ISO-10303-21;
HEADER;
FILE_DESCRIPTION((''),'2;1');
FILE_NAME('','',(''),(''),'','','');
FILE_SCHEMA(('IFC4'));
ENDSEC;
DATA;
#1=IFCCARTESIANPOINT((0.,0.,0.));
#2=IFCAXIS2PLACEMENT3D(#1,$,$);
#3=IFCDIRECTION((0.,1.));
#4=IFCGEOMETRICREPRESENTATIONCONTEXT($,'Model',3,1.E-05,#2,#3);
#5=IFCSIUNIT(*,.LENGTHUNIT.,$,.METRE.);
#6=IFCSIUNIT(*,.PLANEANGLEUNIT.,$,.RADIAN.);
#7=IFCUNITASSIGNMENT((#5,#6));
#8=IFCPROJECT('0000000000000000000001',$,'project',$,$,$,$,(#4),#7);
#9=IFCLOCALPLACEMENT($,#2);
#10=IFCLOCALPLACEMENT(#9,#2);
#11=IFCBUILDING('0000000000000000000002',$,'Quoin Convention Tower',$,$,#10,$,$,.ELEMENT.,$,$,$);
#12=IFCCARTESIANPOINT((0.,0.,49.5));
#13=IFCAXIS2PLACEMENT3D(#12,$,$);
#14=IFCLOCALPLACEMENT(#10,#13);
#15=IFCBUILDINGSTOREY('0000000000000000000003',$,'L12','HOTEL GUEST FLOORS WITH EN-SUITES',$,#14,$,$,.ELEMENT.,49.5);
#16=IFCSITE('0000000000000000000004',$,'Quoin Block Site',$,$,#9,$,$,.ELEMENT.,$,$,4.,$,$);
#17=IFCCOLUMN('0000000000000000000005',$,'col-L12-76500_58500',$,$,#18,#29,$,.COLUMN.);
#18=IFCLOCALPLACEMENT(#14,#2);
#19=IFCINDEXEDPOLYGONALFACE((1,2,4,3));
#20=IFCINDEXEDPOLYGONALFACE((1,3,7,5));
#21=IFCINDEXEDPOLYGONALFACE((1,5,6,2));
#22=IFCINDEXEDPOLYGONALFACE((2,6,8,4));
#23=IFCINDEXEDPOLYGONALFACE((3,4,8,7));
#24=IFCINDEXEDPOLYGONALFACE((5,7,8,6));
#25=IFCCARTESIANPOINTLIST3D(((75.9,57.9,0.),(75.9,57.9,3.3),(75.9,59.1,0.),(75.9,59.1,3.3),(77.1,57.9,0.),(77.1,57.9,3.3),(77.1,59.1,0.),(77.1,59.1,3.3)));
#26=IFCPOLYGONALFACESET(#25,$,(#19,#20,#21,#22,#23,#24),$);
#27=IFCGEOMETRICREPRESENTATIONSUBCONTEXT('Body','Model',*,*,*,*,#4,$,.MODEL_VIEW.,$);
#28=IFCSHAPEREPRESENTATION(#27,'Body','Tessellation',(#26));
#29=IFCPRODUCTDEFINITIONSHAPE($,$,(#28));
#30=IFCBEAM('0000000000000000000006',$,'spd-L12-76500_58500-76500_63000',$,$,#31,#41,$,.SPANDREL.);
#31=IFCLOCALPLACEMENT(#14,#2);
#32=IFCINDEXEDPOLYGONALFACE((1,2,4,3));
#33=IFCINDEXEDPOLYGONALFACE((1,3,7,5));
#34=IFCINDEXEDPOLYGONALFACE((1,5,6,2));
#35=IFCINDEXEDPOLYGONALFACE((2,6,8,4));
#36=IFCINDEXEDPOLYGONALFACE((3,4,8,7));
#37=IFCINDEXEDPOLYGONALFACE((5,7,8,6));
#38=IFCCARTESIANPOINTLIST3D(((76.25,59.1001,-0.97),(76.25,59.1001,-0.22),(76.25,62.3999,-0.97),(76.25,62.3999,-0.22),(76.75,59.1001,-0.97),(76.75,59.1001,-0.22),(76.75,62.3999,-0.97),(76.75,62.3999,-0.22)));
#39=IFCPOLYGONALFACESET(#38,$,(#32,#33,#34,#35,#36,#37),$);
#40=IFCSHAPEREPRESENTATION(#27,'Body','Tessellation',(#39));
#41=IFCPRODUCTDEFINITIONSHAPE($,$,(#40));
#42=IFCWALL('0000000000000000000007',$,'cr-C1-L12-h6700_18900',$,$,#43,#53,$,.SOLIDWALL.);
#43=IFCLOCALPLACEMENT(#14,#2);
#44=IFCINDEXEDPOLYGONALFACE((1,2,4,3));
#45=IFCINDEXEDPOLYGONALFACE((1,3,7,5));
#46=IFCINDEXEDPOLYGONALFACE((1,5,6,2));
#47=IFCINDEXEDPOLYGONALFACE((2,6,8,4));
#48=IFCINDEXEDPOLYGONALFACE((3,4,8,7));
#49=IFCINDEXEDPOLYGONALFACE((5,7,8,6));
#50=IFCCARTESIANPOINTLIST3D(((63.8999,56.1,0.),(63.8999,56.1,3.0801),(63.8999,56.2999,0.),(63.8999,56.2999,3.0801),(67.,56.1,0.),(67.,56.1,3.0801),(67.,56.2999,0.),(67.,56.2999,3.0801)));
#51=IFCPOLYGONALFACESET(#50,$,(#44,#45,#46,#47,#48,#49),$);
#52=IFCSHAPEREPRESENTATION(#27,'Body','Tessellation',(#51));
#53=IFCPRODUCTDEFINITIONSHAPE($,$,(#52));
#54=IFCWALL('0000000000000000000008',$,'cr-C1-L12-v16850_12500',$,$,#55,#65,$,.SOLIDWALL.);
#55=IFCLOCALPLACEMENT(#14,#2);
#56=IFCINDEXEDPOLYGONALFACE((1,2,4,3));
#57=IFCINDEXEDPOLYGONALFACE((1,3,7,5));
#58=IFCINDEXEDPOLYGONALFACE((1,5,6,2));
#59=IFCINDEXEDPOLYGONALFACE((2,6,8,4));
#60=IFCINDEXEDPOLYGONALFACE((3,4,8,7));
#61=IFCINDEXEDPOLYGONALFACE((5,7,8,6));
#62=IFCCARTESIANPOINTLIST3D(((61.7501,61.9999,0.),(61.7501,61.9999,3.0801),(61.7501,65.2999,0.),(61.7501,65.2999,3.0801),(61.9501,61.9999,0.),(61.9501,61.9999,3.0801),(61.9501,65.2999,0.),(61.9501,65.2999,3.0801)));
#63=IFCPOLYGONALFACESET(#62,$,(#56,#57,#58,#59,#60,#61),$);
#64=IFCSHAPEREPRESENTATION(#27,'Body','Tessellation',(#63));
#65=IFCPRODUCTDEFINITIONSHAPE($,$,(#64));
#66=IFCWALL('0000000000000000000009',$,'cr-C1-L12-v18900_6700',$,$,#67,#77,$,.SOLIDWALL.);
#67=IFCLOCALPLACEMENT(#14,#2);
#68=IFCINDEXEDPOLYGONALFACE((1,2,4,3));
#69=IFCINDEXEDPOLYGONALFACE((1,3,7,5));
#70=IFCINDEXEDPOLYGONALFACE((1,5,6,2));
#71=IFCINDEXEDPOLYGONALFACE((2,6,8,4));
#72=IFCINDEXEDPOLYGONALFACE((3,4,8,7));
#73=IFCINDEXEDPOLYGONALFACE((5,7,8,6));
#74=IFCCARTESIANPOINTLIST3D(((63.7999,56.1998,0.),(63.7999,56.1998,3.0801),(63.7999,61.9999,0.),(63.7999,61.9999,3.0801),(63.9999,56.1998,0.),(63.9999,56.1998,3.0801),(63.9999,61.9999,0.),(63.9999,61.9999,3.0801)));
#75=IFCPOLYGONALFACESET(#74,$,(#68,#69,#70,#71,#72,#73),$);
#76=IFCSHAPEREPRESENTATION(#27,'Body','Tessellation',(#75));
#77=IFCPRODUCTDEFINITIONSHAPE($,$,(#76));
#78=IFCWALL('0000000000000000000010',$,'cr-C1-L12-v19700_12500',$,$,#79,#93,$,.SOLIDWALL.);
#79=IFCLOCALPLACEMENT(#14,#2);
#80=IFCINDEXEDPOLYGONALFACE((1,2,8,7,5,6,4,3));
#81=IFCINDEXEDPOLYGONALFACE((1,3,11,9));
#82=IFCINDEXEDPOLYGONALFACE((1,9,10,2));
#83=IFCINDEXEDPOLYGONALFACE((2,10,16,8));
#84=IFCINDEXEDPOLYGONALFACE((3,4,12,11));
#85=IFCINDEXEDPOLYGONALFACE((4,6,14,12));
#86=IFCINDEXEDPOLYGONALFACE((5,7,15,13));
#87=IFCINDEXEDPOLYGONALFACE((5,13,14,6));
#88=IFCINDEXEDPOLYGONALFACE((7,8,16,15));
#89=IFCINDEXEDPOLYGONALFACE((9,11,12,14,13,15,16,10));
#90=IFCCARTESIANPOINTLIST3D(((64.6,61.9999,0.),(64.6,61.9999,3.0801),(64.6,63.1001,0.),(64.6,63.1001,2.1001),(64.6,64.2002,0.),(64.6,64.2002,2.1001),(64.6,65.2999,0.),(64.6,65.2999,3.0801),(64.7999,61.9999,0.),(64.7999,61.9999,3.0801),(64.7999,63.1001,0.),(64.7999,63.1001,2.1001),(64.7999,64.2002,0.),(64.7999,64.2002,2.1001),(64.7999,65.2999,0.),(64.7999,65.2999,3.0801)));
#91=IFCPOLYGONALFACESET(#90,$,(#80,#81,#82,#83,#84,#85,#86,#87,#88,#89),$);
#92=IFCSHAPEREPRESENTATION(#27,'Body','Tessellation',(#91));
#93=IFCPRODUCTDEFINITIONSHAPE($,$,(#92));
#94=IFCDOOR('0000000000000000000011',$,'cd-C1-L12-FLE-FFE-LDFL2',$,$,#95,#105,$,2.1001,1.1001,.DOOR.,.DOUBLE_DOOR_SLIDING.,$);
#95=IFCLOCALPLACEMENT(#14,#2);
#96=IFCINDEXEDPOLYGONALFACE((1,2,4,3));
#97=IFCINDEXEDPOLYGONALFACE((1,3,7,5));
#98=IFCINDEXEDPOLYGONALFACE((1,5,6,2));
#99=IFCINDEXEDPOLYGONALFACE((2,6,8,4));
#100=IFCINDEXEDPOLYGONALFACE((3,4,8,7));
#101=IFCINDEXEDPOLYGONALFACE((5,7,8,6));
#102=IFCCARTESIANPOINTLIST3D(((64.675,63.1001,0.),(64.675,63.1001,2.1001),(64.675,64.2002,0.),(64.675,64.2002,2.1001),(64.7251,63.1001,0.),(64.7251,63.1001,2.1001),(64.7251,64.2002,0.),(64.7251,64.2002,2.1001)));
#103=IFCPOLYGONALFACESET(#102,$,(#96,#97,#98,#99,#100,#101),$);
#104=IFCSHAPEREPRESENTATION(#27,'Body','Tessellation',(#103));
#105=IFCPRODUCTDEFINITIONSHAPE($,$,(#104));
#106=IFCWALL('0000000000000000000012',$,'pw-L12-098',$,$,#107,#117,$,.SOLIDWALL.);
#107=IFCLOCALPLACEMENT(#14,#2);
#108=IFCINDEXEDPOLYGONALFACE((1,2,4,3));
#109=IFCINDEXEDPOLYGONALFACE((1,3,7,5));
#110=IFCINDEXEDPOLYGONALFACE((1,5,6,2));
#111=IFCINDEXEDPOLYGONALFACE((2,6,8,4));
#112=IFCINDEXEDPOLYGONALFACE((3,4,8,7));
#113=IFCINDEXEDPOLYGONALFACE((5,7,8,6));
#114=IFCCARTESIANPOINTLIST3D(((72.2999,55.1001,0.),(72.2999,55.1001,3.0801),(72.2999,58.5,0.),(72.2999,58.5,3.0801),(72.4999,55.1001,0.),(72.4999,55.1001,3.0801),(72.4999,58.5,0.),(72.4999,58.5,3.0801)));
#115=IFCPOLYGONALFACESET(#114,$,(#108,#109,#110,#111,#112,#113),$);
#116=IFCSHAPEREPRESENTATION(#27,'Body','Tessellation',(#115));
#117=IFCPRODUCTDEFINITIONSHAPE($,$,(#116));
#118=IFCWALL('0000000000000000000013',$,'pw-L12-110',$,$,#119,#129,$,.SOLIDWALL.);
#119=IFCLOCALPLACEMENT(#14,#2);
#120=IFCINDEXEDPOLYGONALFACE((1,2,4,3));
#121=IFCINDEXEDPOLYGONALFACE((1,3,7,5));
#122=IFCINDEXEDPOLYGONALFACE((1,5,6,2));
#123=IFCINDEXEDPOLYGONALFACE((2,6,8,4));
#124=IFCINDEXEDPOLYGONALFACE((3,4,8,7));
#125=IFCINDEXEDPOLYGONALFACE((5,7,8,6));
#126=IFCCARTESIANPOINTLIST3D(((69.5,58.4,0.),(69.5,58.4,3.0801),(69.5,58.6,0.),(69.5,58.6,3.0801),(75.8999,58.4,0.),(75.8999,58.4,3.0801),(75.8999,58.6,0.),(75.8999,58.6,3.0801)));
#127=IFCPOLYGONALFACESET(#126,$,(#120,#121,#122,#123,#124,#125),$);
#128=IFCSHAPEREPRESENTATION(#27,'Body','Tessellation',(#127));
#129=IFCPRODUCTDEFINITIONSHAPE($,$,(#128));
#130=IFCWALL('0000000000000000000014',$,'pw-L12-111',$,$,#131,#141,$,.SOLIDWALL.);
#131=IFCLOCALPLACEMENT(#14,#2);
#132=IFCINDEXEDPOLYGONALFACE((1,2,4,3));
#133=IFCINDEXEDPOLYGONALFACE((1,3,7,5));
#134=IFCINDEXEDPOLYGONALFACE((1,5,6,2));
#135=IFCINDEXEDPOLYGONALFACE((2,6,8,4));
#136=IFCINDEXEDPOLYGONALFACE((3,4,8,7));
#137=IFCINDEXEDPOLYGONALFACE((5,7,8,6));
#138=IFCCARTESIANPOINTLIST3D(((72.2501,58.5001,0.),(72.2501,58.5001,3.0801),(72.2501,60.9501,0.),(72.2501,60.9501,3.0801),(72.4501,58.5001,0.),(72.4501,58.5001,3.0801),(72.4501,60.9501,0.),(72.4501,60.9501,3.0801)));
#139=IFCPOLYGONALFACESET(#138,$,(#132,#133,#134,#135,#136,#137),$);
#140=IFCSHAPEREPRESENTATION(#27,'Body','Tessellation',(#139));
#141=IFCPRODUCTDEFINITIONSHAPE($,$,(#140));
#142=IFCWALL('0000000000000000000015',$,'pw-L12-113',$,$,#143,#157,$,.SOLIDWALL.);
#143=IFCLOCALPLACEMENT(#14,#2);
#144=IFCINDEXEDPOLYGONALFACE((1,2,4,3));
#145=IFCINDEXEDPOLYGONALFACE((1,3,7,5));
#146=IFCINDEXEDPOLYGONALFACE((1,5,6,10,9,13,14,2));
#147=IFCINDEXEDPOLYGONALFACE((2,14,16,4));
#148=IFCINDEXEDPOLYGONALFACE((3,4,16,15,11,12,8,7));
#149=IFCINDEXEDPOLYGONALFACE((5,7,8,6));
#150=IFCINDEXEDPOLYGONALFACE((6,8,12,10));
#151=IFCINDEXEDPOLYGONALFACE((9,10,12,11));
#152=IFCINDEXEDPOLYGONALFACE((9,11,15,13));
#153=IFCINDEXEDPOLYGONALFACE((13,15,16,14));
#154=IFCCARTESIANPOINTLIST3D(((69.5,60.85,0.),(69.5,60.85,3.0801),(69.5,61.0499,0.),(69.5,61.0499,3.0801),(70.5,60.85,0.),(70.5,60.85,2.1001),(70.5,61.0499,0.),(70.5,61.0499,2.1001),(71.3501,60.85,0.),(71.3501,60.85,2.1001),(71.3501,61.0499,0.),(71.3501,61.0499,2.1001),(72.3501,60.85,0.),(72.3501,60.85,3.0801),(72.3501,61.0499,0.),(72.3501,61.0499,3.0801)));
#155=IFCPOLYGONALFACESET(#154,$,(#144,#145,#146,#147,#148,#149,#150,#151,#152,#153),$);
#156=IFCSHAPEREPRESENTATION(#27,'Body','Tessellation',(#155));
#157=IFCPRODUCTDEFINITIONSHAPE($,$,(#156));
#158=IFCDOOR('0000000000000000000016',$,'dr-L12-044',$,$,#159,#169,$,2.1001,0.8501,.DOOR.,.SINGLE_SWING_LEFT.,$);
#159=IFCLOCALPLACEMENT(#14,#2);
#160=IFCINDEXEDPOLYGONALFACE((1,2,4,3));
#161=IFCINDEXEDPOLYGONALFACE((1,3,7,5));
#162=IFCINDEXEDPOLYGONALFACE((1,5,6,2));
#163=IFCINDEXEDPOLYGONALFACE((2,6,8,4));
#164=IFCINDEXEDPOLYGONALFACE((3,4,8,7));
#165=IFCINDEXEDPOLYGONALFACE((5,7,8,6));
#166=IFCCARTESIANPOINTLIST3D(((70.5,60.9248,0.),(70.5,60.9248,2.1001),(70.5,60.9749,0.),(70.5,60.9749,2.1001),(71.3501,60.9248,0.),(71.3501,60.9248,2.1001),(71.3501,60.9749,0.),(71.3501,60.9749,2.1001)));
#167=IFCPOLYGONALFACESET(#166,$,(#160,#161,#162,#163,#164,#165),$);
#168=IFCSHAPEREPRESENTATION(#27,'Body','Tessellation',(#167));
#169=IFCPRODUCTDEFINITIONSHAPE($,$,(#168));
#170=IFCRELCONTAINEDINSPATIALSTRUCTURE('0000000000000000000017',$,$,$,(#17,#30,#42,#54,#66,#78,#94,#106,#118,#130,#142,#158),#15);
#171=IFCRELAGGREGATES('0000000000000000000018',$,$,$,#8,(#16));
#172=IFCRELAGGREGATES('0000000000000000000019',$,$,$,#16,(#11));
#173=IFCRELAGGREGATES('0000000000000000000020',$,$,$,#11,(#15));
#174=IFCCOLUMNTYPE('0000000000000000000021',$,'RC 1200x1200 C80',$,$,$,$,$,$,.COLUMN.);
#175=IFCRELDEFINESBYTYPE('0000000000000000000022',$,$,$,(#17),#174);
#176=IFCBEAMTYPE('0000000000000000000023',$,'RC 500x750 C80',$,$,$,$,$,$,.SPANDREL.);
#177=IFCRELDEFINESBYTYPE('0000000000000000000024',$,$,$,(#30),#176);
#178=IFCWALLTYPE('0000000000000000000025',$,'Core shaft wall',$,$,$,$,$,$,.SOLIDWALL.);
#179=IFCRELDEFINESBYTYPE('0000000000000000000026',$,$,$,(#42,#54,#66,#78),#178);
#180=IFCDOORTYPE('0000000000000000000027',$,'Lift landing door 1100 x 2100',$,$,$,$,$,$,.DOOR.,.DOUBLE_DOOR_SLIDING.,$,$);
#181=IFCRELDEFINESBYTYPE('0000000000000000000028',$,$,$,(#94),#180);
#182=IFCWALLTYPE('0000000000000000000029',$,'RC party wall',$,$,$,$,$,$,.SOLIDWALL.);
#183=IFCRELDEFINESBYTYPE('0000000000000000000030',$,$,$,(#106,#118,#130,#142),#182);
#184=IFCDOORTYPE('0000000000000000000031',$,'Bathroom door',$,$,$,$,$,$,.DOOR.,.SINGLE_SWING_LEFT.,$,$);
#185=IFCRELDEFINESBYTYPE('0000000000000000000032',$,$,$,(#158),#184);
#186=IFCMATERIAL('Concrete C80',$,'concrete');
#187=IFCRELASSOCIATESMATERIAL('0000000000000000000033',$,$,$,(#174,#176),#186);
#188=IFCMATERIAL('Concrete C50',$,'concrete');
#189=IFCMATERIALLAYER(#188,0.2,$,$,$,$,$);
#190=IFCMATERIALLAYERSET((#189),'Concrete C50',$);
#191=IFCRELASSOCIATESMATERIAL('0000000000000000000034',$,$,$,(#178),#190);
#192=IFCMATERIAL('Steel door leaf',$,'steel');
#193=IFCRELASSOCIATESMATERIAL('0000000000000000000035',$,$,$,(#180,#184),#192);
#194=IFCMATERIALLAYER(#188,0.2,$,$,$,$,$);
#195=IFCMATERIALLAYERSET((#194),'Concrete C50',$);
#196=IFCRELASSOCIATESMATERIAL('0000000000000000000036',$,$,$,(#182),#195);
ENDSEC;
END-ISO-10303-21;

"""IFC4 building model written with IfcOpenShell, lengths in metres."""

from ifc_helpers import new_model, si_unit, direction, frame, frame_2d, origin, origin_2d, place, context, subcontext, project, spatial, rectangle, extrude, material, layer, layer_set, material_profile, profile_set, type_object, element, fill, save


model = new_model("IFC4")

# Units and contexts
model_context = context("Model", 3, precision=1e-05, world=origin(), true_north=direction((0.0, 1.0)))
body_context = subcontext(model_context, "Body", "Model", "MODEL_VIEW")
ifc_project = project(units=[si_unit("LENGTHUNIT", "METRE"), si_unit("PLANEANGLEUNIT", "RADIAN")], contexts=[model_context])

# Site, building, storey
site_placement = place(None, origin())
site = spatial("IfcSite", under=ifc_project, at=site_placement, Name="Quoin Block Site", CompositionType="ELEMENT", RefElevation=4.0)
building_placement = place(site_placement, origin())
building = spatial("IfcBuilding", under=site, at=building_placement, Name="Quoin Convention Tower", CompositionType="ELEMENT")
storey_placement = place(building_placement, frame((0.0, 0.0, 49.5)))
storey = spatial("IfcBuildingStorey", under=building, at=storey_placement, Name="L12", Description="HOTEL GUEST FLOORS WITH EN-SUITES", CompositionType="ELEMENT", Elevation=49.5)

# Column
ifc_material_1 = material(Name="Concrete C80", Category="concrete")
ifc_material_profile_1 = material_profile(ifc_material_1, rectangle(XDim=1.2, YDim=1.2, at=origin_2d()), Name="RC 1200x1200")
ifc_profile_set_1 = profile_set([ifc_material_profile_1], Name="Concrete C80")
column_type = type_object("IfcColumnType", Name="RC 1200x1200 C80", PredefinedType="COLUMN", material=ifc_profile_set_1)
column_placement = place(storey_placement, frame((76.5, 58.5, 0.0), z_axis=(0.0, 0.0, 1.0), x_axis=(1.0, 0.0, 0.0)))
element("IfcColumn", 1, at=column_placement, inside=storey, type_object=column_type, Name="col-L12-76500_58500", PredefinedType="COLUMN", context=body_context, shape_type="SweptSolid", body=[
    extrude(rectangle(XDim=1.2, YDim=1.2, at=origin_2d()), origin(), (0.0, 0.0, 1.0), 3.3),
])

# Beam
ifc_material_profile_2 = material_profile(ifc_material_1, rectangle(XDim=0.5, YDim=0.75, at=origin_2d()), Name="RC 500x750")
ifc_profile_set_2 = profile_set([ifc_material_profile_2], Name="Concrete C80")
beam_type = type_object("IfcBeamType", Name="RC 500x750 C80", PredefinedType="SPANDREL", material=ifc_profile_set_2)
beam_placement = place(storey_placement, frame((76.5, 59.1001, -0.595), z_axis=(0.0, 1.0, 0.0), x_axis=(-1.0, 0.0, 0.0)))
element("IfcBeam", 2, at=beam_placement, inside=storey, type_object=beam_type, Name="spd-L12-76500_58500-76500_63000", PredefinedType="SPANDREL", context=body_context, shape_type="SweptSolid", body=[
    extrude(rectangle(XDim=0.5, YDim=0.75, at=origin_2d()), origin(), (0.0, 0.0, 1.0), 3.2998),
])

# Walls
ifc_material_2 = material(Name="Concrete C50", Category="concrete")
ifc_layer_1 = layer(ifc_material_2, 0.2)
ifc_layer_set_1 = layer_set([ifc_layer_1], Name="Concrete C50")
wall_type_1 = type_object("IfcWallType", Name="Core shaft wall", PredefinedType="SOLIDWALL", material=ifc_layer_set_1)
wall_1_placement = place(storey_placement, frame((63.8999, 56.2, 0.0), z_axis=(0.0, 0.0, 1.0), x_axis=(1.0, 0.0, 0.0)))
element("IfcWall", 3, at=wall_1_placement, inside=storey, type_object=wall_type_1, Name="cr-C1-L12-h6700_18900", PredefinedType="SOLIDWALL", context=body_context, shape_type="SweptSolid", body=[
    extrude(rectangle(XDim=3.1001, YDim=0.2, at=frame_2d((1.55, 0.0))), origin(), (0.0, 0.0, 1.0), 3.0801),
])
wall_2_placement = place(storey_placement, frame((61.8501, 62.0, 0.0), z_axis=(0.0, 0.0, 1.0), x_axis=(0.0, 1.0, 0.0)))
element("IfcWall", 4, at=wall_2_placement, inside=storey, type_object=wall_type_1, Name="cr-C1-L12-v16850_12500", PredefinedType="SOLIDWALL", context=body_context, shape_type="SweptSolid", body=[
    extrude(rectangle(XDim=3.3, YDim=0.2, at=frame_2d((1.6499, 0.0))), origin(), (0.0, 0.0, 1.0), 3.0801),
])
wall_3_placement = place(storey_placement, frame((63.8999, 56.2, 0.0), z_axis=(0.0, 0.0, 1.0), x_axis=(0.0, 1.0, 0.0)))
element("IfcWall", 5, at=wall_3_placement, inside=storey, type_object=wall_type_1, Name="cr-C1-L12-v18900_6700", PredefinedType="SOLIDWALL", context=body_context, shape_type="SweptSolid", body=[
    extrude(rectangle(XDim=5.8, YDim=0.2, at=frame_2d((2.8999, 0.0))), origin(), (0.0, 0.0, 1.0), 3.0801),
])

# Wall, opening, door
wall_4_placement = place(storey_placement, frame((64.7, 62.0, 0.0), z_axis=(0.0, 0.0, 1.0), x_axis=(0.0, 1.0, 0.0)))
wall_4 = element("IfcWall", 6, at=wall_4_placement, inside=storey, type_object=wall_type_1, Name="cr-C1-L12-v19700_12500", PredefinedType="SOLIDWALL", context=body_context, shape_type="SweptSolid", body=[
    extrude(rectangle(XDim=3.3, YDim=0.2, at=frame_2d((1.6499, 0.0))), origin(), (0.0, 0.0, 1.0), 3.0801),
])
opening_1_placement = place(wall_4_placement, frame((1.1001, 0.0, 0.0)))
opening_1 = element("IfcOpeningElement", 7, at=opening_1_placement, cuts=wall_4, PredefinedType="OPENING", context=body_context, shape_type="SweptSolid", body=[
    extrude(rectangle(XDim=1.1001, YDim=2.1001, at=frame_2d((0.55, 1.05))), frame((0.0, 0.1099, 0.0), z_axis=(0.0, -1.0, 0.0), x_axis=(1.0, 0.0, 0.0)), (0.0, 0.0, 1.0), 0.22),
])
ifc_material_3 = material(Name="Steel door leaf", Category="steel")
door_type_1 = type_object("IfcDoorType", Name="Lift landing door 1100 x 2100", OperationType="DOUBLE_DOOR_SLIDING", PredefinedType="DOOR", material=ifc_material_3)
door_1_placement = place(opening_1_placement, origin())
door_1 = element("IfcDoor", 8, at=door_1_placement, inside=storey, type_object=door_type_1, Name="cd-C1-L12-FLE-FFE-LDFL2", OperationType="DOUBLE_DOOR_SLIDING", OverallHeight=2.1001, OverallWidth=1.1001, PredefinedType="DOOR", context=body_context, shape_type="SweptSolid", body=[
    extrude(rectangle(XDim=1.1001, YDim=2.1001, at=frame_2d((0.55, 1.05))), frame((0.0, 0.0249, 0.0), z_axis=(0.0, -1.0, 0.0), x_axis=(1.0, 0.0, 0.0)), (0.0, 0.0, 1.0), 0.05),
])
fill(opening_1, door_1)

# Walls
ifc_layer_2 = layer(ifc_material_2, 0.2)
ifc_layer_set_2 = layer_set([ifc_layer_2], Name="Concrete C50")
wall_type_2 = type_object("IfcWallType", Name="RC party wall", PredefinedType="SOLIDWALL", material=ifc_layer_set_2)
wall_5_placement = place(storey_placement, frame((72.3999, 55.1001, 0.0), z_axis=(0.0, 0.0, 1.0), x_axis=(0.0, 1.0, 0.0)))
element("IfcWall", 9, at=wall_5_placement, inside=storey, type_object=wall_type_2, Name="pw-L12-098", PredefinedType="SOLIDWALL", context=body_context, shape_type="SweptSolid", body=[
    extrude(rectangle(XDim=3.3999, YDim=0.2, at=frame_2d((1.7, 0.0))), origin(), (0.0, 0.0, 1.0), 3.0801),
])
wall_6_placement = place(storey_placement, frame((69.5, 58.5, 0.0), z_axis=(0.0, 0.0, 1.0), x_axis=(1.0, 0.0, 0.0)))
element("IfcWall", 10, at=wall_6_placement, inside=storey, type_object=wall_type_2, Name="pw-L12-110", PredefinedType="SOLIDWALL", context=body_context, shape_type="SweptSolid", body=[
    extrude(rectangle(XDim=6.3999, YDim=0.2, at=frame_2d((3.2, 0.0))), origin(), (0.0, 0.0, 1.0), 3.0801),
])
wall_7_placement = place(storey_placement, frame((72.3501, 58.5, 0.0), z_axis=(0.0, 0.0, 1.0), x_axis=(0.0, 1.0, 0.0)))
element("IfcWall", 11, at=wall_7_placement, inside=storey, type_object=wall_type_2, Name="pw-L12-111", PredefinedType="SOLIDWALL", context=body_context, shape_type="SweptSolid", body=[
    extrude(rectangle(XDim=2.45, YDim=0.2, at=frame_2d((1.2251, 0.0))), origin(), (0.0, 0.0, 1.0), 3.0801),
])

# Wall, opening, door
wall_8_placement = place(storey_placement, frame((69.5, 60.95, 0.0), z_axis=(0.0, 0.0, 1.0), x_axis=(1.0, 0.0, 0.0)))
wall_8 = element("IfcWall", 12, at=wall_8_placement, inside=storey, type_object=wall_type_2, Name="pw-L12-113", PredefinedType="SOLIDWALL", context=body_context, shape_type="SweptSolid", body=[
    extrude(rectangle(XDim=2.8501, YDim=0.2, at=frame_2d((1.425, 0.0))), origin(), (0.0, 0.0, 1.0), 3.0801),
])
opening_2_placement = place(wall_8_placement, frame((1.0, 0.0, 0.0)))
opening_2 = element("IfcOpeningElement", 13, at=opening_2_placement, cuts=wall_8, PredefinedType="OPENING", context=body_context, shape_type="SweptSolid", body=[
    extrude(rectangle(XDim=0.8501, YDim=2.1001, at=frame_2d((0.425, 1.05))), frame((0.0, 0.1099, 0.0), z_axis=(0.0, -1.0, 0.0), x_axis=(1.0, 0.0, 0.0)), (0.0, 0.0, 1.0), 0.22),
])
door_type_2 = type_object("IfcDoorType", Name="Bathroom door", OperationType="SINGLE_SWING_LEFT", PredefinedType="DOOR", material=ifc_material_3)
door_2_placement = place(opening_2_placement, origin())
door_2 = element("IfcDoor", 14, at=door_2_placement, inside=storey, type_object=door_type_2, Name="dr-L12-044", OperationType="SINGLE_SWING_LEFT", OverallHeight=2.1001, OverallWidth=0.8501, PredefinedType="DOOR", context=body_context, shape_type="SweptSolid", body=[
    extrude(rectangle(XDim=0.8501, YDim=2.1001, at=frame_2d((0.425, 1.05))), frame((0.0, 0.0249, 0.0), z_axis=(0.0, -1.0, 0.0), x_axis=(1.0, 0.0, 0.0)), (0.0, 0.0, 1.0), 0.05),
])
fill(opening_2, door_2)

save(model, "model.ifc")
